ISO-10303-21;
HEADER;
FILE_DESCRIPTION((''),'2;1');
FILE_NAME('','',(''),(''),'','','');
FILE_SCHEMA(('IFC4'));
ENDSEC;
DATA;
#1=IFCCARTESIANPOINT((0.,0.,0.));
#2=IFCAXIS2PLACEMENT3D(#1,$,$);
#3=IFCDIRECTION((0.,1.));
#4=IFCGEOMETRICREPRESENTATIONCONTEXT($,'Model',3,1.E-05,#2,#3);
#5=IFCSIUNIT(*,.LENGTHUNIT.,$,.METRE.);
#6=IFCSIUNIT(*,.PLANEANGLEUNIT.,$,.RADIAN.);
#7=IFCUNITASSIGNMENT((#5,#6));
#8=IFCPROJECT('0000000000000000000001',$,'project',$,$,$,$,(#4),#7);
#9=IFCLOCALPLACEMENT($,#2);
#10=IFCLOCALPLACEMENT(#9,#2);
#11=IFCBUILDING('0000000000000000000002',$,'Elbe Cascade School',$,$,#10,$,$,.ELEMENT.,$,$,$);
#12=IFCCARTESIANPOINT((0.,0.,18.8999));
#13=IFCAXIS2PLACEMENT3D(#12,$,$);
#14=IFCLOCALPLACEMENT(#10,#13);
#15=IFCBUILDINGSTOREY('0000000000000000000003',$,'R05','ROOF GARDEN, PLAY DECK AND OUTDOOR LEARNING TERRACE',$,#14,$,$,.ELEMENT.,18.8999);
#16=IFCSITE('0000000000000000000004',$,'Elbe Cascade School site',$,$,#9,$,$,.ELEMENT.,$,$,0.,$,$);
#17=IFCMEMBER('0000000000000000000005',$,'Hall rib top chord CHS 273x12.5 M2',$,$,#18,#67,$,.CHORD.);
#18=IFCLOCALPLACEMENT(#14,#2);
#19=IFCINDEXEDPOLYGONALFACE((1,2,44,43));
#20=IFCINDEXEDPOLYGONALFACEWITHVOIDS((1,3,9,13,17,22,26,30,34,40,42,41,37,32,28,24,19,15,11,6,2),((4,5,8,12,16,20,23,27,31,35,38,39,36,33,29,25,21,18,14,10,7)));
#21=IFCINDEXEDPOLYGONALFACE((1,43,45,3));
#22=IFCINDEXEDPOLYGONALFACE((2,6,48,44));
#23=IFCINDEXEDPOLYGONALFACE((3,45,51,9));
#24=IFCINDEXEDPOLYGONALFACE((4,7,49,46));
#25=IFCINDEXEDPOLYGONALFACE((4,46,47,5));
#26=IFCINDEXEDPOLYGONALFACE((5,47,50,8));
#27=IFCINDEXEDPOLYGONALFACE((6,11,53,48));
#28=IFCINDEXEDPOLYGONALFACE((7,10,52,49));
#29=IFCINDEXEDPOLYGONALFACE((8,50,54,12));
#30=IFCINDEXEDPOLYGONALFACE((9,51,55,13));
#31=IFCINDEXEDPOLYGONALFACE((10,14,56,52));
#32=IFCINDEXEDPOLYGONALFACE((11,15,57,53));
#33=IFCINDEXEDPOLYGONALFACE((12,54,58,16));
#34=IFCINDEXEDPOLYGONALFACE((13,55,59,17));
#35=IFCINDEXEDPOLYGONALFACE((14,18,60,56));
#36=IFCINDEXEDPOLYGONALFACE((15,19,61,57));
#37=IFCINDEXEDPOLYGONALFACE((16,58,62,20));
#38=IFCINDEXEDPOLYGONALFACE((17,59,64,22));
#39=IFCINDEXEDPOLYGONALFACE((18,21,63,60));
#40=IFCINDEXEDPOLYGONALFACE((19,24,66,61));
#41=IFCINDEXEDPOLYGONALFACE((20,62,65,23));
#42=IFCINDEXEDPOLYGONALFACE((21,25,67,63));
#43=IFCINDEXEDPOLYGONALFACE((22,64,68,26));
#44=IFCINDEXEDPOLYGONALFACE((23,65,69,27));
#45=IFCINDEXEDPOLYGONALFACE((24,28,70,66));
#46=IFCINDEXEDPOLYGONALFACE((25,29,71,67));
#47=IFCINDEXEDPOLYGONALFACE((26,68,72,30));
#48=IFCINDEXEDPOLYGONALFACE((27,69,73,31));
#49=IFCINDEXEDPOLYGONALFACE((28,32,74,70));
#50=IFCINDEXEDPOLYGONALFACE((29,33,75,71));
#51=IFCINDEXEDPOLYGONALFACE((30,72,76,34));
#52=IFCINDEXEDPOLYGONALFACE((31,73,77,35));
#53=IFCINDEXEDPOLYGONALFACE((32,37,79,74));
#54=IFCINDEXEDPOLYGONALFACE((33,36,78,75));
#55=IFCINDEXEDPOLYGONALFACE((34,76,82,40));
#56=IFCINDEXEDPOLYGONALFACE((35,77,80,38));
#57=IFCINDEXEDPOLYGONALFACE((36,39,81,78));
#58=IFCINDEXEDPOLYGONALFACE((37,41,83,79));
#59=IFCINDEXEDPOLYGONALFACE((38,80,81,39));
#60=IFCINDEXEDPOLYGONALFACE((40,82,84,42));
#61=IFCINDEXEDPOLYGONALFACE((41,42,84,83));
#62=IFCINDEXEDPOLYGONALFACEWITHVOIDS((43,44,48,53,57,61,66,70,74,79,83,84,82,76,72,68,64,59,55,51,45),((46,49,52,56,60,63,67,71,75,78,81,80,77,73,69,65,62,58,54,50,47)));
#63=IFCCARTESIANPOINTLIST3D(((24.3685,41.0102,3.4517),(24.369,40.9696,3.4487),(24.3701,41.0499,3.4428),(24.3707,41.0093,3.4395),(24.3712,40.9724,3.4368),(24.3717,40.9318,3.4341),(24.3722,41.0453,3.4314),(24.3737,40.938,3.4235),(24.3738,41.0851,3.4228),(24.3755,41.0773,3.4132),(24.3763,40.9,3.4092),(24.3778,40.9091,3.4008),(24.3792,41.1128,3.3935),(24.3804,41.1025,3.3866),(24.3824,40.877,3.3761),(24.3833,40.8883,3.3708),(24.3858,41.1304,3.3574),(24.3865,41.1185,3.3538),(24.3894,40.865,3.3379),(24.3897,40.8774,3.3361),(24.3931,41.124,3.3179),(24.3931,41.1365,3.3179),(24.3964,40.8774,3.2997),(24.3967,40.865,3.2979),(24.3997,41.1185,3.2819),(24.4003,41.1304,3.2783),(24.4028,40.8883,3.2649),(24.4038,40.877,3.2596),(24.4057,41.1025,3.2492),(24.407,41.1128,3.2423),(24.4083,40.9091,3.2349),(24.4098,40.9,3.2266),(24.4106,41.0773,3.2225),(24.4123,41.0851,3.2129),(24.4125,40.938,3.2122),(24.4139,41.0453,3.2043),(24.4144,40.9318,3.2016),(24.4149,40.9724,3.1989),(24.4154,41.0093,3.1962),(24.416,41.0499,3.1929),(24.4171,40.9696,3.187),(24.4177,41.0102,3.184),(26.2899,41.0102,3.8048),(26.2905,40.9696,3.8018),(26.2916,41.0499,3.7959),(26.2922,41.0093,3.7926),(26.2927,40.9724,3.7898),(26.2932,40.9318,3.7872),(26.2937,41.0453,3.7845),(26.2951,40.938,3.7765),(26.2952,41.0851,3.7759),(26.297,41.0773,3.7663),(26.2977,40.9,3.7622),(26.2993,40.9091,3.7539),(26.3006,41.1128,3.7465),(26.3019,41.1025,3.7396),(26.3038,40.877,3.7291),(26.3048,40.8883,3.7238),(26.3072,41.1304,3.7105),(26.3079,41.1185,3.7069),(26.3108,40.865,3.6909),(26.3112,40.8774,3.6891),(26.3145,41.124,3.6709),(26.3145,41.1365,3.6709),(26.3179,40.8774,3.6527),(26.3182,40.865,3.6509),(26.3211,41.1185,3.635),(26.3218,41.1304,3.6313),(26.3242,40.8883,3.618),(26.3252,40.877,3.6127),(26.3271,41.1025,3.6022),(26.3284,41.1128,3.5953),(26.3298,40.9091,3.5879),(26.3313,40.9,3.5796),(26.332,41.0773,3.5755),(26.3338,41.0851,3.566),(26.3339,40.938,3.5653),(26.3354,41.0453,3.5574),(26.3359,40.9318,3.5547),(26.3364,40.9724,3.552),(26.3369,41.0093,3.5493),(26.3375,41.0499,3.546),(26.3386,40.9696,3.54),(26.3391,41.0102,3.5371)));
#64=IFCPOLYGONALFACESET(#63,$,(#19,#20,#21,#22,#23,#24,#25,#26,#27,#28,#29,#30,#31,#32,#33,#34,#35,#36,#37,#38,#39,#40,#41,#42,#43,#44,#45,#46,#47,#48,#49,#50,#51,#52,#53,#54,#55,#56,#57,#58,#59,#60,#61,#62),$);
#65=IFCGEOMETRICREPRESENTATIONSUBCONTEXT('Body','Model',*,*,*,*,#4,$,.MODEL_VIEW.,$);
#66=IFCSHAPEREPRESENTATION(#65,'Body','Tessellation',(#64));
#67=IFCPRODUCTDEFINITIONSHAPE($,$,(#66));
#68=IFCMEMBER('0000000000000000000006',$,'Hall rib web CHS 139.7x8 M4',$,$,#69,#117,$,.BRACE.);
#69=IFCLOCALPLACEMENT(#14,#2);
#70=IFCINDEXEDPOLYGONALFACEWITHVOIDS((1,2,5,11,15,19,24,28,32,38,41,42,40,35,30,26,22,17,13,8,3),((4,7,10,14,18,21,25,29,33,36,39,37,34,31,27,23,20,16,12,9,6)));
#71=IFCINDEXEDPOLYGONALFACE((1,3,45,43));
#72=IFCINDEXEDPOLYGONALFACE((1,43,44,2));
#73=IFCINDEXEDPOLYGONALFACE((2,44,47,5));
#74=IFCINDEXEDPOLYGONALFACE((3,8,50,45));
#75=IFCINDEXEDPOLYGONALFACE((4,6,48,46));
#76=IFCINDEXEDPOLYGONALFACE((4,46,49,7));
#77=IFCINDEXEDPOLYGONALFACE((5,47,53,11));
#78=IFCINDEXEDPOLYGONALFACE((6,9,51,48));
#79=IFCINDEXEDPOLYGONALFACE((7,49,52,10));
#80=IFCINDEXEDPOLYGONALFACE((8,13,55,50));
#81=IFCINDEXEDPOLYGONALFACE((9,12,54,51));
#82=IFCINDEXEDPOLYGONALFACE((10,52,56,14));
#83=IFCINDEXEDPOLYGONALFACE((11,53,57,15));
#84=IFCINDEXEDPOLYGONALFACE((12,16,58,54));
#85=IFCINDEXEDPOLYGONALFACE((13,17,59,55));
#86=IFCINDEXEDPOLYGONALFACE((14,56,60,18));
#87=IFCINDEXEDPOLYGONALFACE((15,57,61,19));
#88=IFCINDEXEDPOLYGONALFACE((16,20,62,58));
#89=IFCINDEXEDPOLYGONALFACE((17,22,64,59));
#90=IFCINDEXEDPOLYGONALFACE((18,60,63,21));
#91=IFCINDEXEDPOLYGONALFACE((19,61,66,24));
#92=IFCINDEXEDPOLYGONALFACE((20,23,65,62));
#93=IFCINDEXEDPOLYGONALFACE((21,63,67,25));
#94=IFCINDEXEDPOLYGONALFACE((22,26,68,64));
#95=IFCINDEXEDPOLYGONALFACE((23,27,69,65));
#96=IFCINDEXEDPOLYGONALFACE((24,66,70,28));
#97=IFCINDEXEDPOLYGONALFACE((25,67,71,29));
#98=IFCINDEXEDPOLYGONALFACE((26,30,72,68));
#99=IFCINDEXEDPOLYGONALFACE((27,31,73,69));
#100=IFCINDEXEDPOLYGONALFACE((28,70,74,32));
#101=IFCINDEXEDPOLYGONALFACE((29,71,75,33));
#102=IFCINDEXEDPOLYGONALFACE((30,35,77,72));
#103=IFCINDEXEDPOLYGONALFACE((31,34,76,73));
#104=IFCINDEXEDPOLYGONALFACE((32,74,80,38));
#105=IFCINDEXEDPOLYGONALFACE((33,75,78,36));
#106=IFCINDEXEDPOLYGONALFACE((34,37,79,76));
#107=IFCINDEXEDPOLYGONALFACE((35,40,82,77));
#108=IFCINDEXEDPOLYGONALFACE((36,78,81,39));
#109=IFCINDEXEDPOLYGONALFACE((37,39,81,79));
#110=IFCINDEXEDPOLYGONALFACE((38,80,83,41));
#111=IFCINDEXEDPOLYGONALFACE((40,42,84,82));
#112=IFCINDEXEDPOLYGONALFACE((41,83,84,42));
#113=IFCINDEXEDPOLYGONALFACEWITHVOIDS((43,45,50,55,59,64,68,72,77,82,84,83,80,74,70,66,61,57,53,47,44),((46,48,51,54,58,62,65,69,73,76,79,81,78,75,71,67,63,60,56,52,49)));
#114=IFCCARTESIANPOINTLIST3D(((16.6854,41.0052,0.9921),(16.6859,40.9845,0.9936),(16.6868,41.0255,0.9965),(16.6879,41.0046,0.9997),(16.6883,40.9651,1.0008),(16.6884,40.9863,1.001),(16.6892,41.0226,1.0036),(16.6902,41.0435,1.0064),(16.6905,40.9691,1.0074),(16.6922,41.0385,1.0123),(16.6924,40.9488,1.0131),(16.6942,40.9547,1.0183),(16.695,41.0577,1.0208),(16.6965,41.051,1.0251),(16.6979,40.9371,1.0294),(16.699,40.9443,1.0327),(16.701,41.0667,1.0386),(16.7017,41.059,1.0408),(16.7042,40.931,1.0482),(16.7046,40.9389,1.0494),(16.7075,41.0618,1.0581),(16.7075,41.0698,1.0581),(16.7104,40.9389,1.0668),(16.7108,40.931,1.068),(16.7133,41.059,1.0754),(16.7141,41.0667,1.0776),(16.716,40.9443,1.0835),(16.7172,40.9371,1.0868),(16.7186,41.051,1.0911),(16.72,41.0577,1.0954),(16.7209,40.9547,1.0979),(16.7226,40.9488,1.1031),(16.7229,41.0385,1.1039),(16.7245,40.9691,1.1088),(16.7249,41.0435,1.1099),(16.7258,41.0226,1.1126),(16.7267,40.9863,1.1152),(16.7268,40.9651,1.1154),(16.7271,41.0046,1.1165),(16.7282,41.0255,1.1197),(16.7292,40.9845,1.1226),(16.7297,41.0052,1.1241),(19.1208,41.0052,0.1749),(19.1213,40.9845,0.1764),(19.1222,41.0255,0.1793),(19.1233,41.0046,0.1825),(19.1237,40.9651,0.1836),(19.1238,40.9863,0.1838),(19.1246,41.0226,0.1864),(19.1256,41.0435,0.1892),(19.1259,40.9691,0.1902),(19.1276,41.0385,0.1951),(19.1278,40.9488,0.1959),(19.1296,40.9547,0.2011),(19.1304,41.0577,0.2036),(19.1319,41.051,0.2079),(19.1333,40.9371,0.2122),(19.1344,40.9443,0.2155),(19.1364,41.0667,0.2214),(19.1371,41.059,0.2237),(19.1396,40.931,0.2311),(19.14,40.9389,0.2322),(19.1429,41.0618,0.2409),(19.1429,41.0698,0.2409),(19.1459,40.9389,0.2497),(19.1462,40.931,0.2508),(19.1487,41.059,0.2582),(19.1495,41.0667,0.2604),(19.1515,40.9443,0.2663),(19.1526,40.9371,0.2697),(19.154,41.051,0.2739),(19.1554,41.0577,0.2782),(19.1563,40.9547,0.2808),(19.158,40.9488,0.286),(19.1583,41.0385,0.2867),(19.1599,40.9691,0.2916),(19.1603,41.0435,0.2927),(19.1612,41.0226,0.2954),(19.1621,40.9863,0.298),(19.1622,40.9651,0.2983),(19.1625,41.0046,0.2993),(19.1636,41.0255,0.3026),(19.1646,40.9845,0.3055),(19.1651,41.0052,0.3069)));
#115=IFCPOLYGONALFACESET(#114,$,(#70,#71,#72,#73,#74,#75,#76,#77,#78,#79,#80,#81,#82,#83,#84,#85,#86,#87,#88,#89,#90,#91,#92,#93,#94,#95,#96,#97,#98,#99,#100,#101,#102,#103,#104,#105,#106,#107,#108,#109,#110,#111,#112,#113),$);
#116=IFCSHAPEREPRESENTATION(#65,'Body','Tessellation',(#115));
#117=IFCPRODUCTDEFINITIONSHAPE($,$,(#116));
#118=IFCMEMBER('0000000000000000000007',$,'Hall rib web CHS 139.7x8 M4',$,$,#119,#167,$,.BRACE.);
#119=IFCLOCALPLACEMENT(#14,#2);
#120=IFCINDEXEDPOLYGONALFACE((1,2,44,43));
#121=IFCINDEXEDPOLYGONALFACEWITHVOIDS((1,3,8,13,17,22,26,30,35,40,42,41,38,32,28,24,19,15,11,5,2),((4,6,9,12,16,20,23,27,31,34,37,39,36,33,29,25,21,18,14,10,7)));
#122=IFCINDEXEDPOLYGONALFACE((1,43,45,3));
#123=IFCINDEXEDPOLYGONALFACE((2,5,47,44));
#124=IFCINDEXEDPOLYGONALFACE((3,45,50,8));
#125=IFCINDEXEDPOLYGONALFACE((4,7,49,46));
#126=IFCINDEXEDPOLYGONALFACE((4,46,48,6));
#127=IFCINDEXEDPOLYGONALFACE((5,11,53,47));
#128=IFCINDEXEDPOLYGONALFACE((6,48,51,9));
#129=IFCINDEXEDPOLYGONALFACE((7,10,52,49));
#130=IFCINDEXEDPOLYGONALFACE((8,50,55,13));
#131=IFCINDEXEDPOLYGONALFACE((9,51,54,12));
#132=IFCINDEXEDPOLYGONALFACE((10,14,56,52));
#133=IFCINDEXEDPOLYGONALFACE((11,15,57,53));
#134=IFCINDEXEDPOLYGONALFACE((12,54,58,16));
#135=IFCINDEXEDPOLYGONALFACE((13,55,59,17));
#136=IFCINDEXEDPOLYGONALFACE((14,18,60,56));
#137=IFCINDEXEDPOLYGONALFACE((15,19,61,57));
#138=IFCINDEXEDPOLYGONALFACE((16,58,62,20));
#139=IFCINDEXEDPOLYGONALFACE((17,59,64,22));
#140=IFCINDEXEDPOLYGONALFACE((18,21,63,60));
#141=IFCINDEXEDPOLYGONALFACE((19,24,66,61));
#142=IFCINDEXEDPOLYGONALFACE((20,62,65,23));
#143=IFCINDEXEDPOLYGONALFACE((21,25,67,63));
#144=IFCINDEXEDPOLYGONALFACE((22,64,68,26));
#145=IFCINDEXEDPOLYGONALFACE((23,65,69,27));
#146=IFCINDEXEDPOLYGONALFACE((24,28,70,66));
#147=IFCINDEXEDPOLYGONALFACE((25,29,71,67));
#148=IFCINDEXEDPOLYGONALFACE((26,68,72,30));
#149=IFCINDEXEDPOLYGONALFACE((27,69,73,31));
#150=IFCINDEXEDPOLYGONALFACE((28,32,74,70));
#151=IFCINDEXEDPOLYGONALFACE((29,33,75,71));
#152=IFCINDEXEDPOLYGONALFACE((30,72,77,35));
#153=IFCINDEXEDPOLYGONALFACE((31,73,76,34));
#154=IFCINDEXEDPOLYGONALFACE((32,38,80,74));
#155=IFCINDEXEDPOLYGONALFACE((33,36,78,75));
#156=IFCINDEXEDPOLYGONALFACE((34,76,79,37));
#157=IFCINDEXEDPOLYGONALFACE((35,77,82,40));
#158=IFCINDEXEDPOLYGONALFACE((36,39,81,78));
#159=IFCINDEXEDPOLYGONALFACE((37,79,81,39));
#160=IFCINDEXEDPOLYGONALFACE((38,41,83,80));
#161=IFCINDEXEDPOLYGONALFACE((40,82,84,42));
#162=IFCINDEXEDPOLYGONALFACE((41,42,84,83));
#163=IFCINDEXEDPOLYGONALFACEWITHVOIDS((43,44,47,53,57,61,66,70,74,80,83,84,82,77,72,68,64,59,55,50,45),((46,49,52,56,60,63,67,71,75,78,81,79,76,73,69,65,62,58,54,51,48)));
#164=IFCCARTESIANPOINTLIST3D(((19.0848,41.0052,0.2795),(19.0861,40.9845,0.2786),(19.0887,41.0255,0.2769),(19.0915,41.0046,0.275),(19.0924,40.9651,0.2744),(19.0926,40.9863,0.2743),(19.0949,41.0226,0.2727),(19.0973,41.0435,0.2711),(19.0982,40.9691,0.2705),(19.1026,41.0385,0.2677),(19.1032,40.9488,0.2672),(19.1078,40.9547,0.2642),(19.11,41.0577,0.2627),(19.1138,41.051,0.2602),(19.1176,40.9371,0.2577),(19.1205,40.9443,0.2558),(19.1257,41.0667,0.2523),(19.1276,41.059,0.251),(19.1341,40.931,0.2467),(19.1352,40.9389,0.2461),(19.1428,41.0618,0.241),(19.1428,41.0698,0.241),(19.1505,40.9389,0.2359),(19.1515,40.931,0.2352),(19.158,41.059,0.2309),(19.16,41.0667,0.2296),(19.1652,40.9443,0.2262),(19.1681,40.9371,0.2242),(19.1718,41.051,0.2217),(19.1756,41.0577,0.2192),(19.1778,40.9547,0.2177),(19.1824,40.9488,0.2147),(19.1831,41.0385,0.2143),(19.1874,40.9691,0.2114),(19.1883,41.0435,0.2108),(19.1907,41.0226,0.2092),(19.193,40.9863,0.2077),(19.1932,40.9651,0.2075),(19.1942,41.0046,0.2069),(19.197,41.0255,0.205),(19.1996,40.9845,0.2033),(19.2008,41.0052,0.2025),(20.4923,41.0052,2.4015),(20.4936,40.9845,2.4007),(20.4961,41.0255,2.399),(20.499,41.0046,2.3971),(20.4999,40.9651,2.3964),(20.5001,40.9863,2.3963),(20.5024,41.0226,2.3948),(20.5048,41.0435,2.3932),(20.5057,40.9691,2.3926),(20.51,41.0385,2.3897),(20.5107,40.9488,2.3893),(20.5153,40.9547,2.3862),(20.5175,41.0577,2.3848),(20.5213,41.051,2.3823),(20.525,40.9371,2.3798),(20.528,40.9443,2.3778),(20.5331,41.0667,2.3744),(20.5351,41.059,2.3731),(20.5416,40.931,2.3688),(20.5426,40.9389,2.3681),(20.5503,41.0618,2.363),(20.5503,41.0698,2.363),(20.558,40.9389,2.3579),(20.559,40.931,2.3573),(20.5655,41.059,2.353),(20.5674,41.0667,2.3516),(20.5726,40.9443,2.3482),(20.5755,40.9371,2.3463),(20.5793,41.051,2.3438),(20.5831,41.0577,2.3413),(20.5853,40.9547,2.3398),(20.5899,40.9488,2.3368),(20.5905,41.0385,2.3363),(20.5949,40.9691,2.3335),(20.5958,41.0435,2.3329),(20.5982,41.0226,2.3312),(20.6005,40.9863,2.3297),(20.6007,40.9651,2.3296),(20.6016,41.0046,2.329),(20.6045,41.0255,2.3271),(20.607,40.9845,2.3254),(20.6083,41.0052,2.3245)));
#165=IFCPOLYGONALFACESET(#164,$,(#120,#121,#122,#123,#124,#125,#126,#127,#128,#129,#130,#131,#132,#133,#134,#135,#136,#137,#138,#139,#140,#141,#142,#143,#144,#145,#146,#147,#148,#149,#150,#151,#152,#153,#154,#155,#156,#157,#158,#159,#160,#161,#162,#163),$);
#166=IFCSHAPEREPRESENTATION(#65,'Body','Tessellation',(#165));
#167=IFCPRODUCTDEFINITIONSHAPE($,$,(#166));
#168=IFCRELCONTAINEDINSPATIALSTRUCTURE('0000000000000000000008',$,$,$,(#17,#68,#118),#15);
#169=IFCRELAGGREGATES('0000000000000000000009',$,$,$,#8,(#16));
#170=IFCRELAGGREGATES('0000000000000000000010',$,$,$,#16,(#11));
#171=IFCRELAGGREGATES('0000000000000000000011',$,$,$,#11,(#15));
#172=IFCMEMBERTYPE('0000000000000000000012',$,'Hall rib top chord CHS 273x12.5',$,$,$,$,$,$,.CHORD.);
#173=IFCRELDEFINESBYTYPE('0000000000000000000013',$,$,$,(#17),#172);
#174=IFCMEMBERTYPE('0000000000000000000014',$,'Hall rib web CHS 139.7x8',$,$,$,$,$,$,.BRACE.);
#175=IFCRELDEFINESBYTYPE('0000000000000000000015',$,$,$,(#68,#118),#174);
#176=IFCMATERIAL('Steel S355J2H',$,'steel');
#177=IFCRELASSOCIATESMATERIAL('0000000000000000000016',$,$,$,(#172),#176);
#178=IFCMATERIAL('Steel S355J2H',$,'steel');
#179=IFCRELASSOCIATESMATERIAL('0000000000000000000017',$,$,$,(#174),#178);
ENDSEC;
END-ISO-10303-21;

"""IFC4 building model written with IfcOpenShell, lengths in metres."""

from ifc_helpers import new_model, si_unit, direction, frame, origin, origin_2d, place, context, subcontext, project, spatial, hollow_circle, extrude, material, material_profile, profile_set, type_object, element, save


model = new_model("IFC4")

# Units and contexts
model_context = context("Model", 3, precision=1e-05, world=origin(), true_north=direction((0.0, 1.0)))
body_context = subcontext(model_context, "Body", "Model", "MODEL_VIEW")
ifc_project = project(units=[si_unit("LENGTHUNIT", "METRE"), si_unit("PLANEANGLEUNIT", "RADIAN")], contexts=[model_context])

# Site, building, storey
site_placement = place(None, origin())
site = spatial("IfcSite", under=ifc_project, at=site_placement, Name="Elbe Cascade School site", CompositionType="ELEMENT", RefElevation=0.0)
building_placement = place(site_placement, origin())
building = spatial("IfcBuilding", under=site, at=building_placement, Name="Elbe Cascade School", CompositionType="ELEMENT")
storey_placement = place(building_placement, frame((0.0, 0.0, 18.8999)))
storey = spatial("IfcBuildingStorey", under=building, at=storey_placement, Name="R05", Description="ROOF GARDEN, PLAY DECK AND OUTDOOR LEARNING TERRACE", CompositionType="ELEMENT", Elevation=18.8999)

# Members
ifc_material_1 = material(Name="Steel S355J2H", Category="steel")
ifc_material_profile_1 = material_profile(ifc_material_1, hollow_circle(Radius=0.1365, WallThickness=0.0125, at=origin_2d()), Name="CHS 273x12.5")
ifc_profile_set_1 = profile_set([ifc_material_profile_1], Name="Steel S355J2H")
member_type_1 = type_object("IfcMemberType", Name="Hall rib top chord CHS 273x12.5", PredefinedType="CHORD", material=ifc_profile_set_1)
member_1_placement = place(storey_placement, frame((24.3931, 41.0, 3.3179), z_axis=(0.983536, 0.0, 0.180711), x_axis=(0.0, 1.0, 0.0)))
element("IfcMember", 1, at=member_1_placement, inside=storey, type_object=member_type_1, Name="Hall rib top chord CHS 273x12.5 M2", PredefinedType="CHORD", context=body_context, shape_type="SweptSolid", body=[
    extrude(hollow_circle(Radius=0.1365, WallThickness=0.0125, at=origin_2d()), origin(), (0.0, 0.0, 1.0), 1.9536),
])
ifc_material_2 = material(Name="Steel S355J2H", Category="steel")
ifc_material_profile_2 = material_profile(ifc_material_2, hollow_circle(Radius=0.0698, WallThickness=0.0081, at=origin_2d()), Name="CHS 139.7x8")
ifc_profile_set_2 = profile_set([ifc_material_profile_2], Name="Steel S355J2H")
member_type_2 = type_object("IfcMemberType", Name="Hall rib web CHS 139.7x8", PredefinedType="BRACE", material=ifc_profile_set_2)
member_2_placement = place(storey_placement, frame((16.7075, 41.0, 1.0581), z_axis=(0.948054, 0.0, -0.318109), x_axis=(0.0, 1.0, 0.0)))
element("IfcMember", 2, at=member_2_placement, inside=storey, type_object=member_type_2, Name="Hall rib web CHS 139.7x8 M4", PredefinedType="BRACE", context=body_context, shape_type="SweptSolid", body=[
    extrude(hollow_circle(Radius=0.0698, WallThickness=0.0081, at=origin_2d()), origin(), (0.0, 0.0, 1.0), 2.5688),
])
member_3_placement = place(storey_placement, frame((19.1428, 41.0, 0.241), z_axis=(0.552729, 0.0, 0.833361), x_axis=(0.0, 1.0, 0.0)))
element("IfcMember", 3, at=member_3_placement, inside=storey, type_object=member_type_2, Name="Hall rib web CHS 139.7x8 M4", PredefinedType="BRACE", context=body_context, shape_type="SweptSolid", body=[
    extrude(hollow_circle(Radius=0.0698, WallThickness=0.0081, at=origin_2d()), origin(), (0.0, 0.0, 1.0), 2.5464),
])

save(model, "model.ifc")
